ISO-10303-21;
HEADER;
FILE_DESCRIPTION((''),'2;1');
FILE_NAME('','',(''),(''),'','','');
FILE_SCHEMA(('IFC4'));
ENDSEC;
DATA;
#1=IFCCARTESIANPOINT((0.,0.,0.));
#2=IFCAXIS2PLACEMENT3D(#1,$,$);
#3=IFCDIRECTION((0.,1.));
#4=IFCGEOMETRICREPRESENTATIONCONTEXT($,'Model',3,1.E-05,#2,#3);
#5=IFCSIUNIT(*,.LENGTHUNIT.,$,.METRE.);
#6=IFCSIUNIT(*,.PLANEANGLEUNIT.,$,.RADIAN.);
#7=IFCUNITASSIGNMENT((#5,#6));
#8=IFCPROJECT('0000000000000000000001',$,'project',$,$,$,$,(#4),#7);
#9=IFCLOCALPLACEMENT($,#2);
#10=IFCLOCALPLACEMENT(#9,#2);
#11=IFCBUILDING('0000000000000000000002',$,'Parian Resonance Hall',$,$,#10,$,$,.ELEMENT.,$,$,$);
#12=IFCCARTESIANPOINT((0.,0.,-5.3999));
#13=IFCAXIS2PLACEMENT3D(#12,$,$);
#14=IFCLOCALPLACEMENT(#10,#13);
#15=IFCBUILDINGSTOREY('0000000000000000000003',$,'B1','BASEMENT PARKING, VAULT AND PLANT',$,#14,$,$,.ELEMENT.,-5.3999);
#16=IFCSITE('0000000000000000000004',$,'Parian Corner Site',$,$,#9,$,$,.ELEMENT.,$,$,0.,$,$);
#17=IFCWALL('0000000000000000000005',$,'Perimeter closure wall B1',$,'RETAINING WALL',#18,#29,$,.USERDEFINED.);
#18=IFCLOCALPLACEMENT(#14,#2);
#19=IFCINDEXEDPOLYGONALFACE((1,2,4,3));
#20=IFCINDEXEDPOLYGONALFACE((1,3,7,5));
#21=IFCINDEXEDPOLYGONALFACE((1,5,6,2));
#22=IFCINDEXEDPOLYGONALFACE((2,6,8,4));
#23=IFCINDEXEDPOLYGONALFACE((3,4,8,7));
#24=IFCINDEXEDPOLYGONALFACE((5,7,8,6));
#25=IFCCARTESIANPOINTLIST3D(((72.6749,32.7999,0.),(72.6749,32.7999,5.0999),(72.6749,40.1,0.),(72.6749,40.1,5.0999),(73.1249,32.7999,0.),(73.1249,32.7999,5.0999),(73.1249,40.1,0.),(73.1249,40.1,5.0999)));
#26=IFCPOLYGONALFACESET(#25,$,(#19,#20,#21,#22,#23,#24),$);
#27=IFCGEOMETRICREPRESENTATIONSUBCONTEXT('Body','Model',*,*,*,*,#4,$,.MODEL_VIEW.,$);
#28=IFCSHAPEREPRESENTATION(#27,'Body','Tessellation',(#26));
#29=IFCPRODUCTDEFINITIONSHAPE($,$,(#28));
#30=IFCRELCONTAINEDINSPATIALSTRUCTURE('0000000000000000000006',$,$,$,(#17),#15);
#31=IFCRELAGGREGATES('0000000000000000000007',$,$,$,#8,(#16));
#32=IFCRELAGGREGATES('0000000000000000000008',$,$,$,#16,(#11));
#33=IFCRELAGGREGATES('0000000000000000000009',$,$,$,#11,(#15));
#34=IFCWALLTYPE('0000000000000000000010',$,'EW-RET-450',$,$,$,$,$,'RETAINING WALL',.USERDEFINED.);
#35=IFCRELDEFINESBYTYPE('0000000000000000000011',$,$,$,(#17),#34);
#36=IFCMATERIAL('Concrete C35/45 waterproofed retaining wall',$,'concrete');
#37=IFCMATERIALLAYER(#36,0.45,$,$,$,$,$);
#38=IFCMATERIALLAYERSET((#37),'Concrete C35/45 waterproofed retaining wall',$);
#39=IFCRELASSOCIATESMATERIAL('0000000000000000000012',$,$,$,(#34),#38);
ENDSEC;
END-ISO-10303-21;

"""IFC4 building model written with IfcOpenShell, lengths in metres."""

from ifc_helpers import new_model, si_unit, direction, frame, frame_2d, origin, place, context, subcontext, project, spatial, rectangle, extrude, material, layer, layer_set, type_object, element, save


model = new_model("IFC4")

# Units and contexts
model_context = context("Model", 3, precision=1e-05, world=origin(), true_north=direction((0.0, 1.0)))
body_context = subcontext(model_context, "Body", "Model", "MODEL_VIEW")
ifc_project = project(units=[si_unit("LENGTHUNIT", "METRE"), si_unit("PLANEANGLEUNIT", "RADIAN")], contexts=[model_context])

# Site, building, storey
site_placement = place(None, origin())
site = spatial("IfcSite", under=ifc_project, at=site_placement, Name="Parian Corner Site", CompositionType="ELEMENT", RefElevation=0.0)
building_placement = place(site_placement, origin())
building = spatial("IfcBuilding", under=site, at=building_placement, Name="Parian Resonance Hall", CompositionType="ELEMENT")
storey_placement = place(building_placement, frame((0.0, 0.0, -5.3999)))
storey = spatial("IfcBuildingStorey", under=building, at=storey_placement, Name="B1", Description="BASEMENT PARKING, VAULT AND PLANT", CompositionType="ELEMENT", Elevation=-5.3999)

# Wall
ifc_material_1 = material(Name="Concrete C35/45 waterproofed retaining wall", Category="concrete")
ifc_layer_1 = layer(ifc_material_1, 0.45)
ifc_layer_set_1 = layer_set([ifc_layer_1], Name="Concrete C35/45 waterproofed retaining wall")
wall_type_1 = type_object("IfcWallType", Name="EW-RET-450", ElementType="RETAINING WALL", PredefinedType="USERDEFINED", material=ifc_layer_set_1)
for number, where, z_axis, x_axis, name in (
    (1, (72.8999, 32.8, 0.0), (0.0, 0.0, 1.0), (0.0, 1.0, 0.0), "Perimeter closure wall B1"),
):
    element("IfcWall", number, at=place(storey_placement, frame(where, z_axis=z_axis, x_axis=x_axis)), inside=storey, type_object=wall_type_1, Name=name, ObjectType="RETAINING WALL", PredefinedType="USERDEFINED", context=body_context, shape_type="SweptSolid", body=[
        extrude(rectangle(XDim=7.3, YDim=0.45, at=frame_2d((3.6499, 0.0))), origin(), (0.0, 0.0, 1.0), 5.0999),
    ])

save(model, "model.ifc")
